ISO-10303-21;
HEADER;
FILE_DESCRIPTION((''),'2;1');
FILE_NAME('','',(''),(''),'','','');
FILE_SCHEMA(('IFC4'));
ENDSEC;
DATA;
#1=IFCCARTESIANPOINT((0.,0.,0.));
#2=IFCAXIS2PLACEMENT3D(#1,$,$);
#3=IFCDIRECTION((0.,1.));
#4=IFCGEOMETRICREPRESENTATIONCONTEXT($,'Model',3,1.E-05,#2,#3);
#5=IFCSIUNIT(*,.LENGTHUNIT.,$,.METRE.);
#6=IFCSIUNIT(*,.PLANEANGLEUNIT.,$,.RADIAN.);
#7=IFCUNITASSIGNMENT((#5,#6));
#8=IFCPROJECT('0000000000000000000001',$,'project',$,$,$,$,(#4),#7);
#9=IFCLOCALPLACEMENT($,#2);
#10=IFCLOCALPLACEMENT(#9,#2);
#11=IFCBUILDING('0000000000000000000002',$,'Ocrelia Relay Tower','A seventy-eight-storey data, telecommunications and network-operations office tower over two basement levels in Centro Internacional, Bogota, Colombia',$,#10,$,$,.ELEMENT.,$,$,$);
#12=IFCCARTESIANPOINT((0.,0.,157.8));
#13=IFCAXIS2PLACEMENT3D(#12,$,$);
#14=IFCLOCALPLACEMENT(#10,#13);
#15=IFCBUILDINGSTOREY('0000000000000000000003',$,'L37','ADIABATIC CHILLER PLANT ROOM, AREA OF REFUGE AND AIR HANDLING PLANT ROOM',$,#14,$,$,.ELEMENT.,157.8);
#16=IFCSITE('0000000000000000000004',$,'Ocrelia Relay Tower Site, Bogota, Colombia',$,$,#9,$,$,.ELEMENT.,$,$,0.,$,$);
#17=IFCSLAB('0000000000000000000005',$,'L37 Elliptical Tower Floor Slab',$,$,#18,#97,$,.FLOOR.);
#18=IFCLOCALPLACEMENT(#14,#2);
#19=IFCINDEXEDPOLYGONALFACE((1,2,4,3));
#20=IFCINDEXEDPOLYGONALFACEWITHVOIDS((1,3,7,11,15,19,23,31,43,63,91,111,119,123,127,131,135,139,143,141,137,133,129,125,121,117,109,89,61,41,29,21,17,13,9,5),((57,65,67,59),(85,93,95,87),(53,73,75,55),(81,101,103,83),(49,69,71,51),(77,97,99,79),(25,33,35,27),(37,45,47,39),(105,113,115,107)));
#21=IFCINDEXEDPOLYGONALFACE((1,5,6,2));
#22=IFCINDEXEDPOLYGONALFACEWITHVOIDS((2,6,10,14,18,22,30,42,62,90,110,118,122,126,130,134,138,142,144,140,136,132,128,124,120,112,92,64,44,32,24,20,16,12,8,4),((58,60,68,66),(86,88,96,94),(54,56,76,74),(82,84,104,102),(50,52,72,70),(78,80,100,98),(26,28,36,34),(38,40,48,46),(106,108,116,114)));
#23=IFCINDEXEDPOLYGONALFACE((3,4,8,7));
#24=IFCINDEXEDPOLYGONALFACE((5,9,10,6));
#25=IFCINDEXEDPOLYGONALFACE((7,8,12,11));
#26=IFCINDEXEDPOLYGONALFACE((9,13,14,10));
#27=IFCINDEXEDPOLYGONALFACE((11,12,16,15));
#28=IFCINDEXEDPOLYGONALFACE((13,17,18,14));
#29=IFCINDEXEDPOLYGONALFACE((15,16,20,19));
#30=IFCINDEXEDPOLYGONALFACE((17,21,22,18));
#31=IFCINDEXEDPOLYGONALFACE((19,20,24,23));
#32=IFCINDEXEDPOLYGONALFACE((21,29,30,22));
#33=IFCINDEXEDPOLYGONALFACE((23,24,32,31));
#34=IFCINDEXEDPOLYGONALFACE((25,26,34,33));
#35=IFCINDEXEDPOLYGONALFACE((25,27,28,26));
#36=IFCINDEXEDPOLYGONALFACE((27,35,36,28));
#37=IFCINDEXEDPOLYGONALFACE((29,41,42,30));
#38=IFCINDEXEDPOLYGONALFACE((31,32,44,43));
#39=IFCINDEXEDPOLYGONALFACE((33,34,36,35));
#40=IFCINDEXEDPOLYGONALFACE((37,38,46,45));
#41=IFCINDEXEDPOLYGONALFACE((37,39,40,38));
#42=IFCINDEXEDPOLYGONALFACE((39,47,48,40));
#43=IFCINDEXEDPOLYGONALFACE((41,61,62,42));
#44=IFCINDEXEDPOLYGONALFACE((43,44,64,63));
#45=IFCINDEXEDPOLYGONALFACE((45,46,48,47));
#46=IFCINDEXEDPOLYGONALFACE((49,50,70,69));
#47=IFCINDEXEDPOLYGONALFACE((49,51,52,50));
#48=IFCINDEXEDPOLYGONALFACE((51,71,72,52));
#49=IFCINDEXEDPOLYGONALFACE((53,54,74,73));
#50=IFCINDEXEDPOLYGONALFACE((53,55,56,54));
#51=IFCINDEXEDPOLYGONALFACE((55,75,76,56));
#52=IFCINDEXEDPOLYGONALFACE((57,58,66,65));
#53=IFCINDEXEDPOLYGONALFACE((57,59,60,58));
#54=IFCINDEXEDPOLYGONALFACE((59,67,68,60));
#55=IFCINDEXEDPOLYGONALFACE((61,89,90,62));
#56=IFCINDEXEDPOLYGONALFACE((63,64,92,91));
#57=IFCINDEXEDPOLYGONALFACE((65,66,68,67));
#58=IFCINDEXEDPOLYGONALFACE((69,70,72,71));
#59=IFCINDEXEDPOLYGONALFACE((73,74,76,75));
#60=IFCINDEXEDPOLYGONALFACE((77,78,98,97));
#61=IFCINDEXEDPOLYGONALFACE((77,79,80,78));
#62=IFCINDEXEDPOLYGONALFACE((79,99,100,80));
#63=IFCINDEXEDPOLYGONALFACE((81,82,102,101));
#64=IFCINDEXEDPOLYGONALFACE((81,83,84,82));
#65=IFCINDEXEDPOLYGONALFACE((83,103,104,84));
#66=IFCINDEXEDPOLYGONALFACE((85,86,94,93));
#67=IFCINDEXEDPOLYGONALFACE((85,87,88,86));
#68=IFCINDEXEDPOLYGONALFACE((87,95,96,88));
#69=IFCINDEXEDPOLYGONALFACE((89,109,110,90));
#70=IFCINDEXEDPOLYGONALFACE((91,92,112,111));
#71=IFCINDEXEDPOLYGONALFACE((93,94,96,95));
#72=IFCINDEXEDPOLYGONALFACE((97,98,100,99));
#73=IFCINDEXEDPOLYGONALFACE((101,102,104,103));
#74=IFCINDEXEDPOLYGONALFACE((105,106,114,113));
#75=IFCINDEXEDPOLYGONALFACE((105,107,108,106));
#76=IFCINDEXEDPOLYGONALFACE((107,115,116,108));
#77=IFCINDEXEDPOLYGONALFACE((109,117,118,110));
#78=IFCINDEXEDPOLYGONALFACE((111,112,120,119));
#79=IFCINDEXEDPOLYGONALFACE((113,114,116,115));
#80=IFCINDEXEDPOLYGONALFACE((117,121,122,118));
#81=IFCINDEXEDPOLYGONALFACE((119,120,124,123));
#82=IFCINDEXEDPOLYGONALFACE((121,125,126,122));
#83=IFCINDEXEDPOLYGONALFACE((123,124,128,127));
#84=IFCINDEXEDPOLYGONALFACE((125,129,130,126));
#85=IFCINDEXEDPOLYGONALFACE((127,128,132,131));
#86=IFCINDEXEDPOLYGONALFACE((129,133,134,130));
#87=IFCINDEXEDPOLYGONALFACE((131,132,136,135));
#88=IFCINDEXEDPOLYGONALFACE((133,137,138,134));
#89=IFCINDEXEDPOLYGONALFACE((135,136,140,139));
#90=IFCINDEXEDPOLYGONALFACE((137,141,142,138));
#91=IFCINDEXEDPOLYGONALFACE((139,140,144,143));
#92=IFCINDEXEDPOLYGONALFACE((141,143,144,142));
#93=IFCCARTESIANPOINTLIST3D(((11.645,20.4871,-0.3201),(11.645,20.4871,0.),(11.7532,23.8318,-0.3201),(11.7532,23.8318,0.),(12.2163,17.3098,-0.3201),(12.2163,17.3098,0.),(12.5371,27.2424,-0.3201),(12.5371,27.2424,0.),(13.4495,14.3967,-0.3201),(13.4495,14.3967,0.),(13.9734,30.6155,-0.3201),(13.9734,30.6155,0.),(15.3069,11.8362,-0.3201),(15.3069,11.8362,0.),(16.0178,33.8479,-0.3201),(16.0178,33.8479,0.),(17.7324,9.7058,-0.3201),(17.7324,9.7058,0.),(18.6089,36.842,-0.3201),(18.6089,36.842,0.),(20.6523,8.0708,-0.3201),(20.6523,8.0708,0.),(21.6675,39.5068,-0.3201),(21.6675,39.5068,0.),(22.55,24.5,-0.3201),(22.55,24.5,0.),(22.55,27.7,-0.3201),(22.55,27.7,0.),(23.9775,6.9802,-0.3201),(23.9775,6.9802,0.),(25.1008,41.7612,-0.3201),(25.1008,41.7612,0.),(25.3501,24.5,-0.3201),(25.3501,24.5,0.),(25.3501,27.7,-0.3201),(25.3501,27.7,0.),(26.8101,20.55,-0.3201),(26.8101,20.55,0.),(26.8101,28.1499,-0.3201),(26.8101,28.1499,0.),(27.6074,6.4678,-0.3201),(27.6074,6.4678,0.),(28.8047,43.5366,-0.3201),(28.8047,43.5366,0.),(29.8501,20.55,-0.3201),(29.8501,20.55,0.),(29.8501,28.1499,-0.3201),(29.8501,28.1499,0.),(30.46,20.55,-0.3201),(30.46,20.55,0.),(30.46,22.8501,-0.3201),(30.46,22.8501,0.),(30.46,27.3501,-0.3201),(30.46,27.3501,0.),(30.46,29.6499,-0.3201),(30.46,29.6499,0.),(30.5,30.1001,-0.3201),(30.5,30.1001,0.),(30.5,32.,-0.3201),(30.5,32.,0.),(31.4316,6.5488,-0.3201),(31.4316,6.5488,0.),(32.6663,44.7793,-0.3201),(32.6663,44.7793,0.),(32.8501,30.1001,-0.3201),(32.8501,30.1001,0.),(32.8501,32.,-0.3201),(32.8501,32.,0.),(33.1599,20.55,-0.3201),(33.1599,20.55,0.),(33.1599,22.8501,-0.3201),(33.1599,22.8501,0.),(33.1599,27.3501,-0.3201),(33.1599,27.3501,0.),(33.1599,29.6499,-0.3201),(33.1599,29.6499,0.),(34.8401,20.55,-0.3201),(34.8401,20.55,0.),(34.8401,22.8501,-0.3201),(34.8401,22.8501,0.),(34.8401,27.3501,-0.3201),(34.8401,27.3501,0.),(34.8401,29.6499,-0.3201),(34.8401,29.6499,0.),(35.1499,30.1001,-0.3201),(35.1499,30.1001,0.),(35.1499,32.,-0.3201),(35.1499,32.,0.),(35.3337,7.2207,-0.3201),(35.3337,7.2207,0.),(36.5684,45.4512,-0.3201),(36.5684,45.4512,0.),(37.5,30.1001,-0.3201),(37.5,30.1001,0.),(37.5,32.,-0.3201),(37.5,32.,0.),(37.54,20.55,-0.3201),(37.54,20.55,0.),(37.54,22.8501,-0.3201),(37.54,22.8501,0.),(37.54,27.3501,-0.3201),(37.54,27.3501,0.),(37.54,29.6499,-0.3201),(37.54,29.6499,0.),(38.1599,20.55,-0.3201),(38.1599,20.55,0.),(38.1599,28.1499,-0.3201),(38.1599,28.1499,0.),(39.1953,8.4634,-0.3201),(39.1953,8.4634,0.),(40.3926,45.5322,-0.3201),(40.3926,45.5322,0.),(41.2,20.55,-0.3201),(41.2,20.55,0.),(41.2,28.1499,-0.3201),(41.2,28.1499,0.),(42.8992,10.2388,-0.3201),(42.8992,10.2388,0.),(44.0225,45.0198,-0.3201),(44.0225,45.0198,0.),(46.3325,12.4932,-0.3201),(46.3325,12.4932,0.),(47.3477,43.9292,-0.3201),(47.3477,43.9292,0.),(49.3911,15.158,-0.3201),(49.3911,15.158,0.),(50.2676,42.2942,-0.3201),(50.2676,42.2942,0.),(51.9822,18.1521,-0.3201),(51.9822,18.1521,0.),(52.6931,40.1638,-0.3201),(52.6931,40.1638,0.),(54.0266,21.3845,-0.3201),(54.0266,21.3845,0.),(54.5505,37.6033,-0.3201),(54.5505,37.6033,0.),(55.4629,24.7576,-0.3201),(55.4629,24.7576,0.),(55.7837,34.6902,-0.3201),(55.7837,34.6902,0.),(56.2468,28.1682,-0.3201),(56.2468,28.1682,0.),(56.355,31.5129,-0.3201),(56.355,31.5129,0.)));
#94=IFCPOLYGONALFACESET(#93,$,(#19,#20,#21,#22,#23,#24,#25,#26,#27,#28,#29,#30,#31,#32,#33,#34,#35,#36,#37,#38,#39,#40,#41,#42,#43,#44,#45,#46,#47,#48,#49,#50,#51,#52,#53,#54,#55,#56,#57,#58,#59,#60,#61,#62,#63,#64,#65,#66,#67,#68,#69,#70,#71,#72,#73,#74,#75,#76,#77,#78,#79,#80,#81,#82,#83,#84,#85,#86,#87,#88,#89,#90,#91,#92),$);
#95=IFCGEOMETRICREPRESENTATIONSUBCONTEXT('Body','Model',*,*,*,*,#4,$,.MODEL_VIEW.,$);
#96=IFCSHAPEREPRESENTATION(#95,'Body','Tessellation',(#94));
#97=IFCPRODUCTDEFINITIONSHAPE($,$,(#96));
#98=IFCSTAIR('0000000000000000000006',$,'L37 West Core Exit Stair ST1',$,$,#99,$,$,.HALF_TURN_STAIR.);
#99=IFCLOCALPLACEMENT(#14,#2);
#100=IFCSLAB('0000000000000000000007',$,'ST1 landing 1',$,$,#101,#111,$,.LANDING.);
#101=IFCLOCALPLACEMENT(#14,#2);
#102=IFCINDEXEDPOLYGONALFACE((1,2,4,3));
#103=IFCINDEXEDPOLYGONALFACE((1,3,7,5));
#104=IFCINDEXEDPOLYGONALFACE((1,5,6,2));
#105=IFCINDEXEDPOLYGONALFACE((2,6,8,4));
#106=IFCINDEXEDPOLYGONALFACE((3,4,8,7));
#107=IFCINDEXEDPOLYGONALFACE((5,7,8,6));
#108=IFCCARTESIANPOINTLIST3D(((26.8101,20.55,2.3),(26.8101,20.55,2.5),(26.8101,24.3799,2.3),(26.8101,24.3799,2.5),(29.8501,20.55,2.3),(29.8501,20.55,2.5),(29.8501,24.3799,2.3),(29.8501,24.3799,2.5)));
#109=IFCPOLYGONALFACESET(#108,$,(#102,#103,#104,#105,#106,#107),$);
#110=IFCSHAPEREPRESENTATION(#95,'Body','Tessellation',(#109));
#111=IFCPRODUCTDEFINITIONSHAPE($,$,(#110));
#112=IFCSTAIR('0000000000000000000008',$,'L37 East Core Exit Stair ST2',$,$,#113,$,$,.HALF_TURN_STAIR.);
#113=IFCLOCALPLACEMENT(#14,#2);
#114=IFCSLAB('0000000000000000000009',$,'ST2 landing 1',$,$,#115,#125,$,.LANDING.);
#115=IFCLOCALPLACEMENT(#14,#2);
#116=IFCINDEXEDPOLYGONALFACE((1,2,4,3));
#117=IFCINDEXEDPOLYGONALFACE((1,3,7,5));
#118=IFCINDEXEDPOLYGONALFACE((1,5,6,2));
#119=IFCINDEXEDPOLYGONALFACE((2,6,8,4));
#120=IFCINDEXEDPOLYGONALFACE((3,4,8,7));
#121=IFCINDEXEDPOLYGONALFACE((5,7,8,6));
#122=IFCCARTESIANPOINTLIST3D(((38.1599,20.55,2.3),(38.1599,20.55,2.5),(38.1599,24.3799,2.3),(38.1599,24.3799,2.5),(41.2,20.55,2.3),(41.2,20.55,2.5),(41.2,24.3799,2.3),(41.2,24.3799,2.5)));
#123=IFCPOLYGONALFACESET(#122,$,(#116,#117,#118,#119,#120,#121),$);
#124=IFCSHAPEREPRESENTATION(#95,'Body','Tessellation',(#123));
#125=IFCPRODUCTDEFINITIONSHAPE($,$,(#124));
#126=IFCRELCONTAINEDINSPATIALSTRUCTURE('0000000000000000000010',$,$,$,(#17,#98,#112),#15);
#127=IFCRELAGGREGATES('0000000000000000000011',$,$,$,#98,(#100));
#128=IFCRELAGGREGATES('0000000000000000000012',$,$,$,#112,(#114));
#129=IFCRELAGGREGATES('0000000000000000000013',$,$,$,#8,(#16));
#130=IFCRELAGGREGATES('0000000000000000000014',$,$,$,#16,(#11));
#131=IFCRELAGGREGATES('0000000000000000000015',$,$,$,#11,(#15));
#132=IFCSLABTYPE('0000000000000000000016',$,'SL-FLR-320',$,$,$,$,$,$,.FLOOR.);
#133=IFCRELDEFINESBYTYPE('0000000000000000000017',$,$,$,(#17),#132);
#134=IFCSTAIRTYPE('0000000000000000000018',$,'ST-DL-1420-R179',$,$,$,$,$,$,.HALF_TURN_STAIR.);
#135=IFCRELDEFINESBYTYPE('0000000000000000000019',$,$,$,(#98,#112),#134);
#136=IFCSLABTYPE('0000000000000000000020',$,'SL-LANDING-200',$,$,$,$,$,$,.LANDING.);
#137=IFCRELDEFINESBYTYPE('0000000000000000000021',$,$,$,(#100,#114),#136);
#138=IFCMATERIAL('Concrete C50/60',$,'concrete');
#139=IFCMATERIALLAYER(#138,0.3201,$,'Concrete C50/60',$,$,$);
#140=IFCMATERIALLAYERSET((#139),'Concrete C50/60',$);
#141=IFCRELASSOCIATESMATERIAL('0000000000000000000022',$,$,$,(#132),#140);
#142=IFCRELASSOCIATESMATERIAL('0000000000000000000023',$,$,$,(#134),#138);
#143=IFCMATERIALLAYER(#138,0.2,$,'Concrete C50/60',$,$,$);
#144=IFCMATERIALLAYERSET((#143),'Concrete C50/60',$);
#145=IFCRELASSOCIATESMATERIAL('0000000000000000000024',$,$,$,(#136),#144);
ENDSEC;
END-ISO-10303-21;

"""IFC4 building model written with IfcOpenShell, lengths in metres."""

from ifc_helpers import new_model, si_unit, direction, frame, origin, place, context, subcontext, project, spatial, polyline, outline, extrude, material, layer, layer_set, type_object, element, aggregate, save


model = new_model("IFC4")

# Units and contexts
model_context = context("Model", 3, precision=1e-05, world=origin(), true_north=direction((0.0, 1.0)))
body_context = subcontext(model_context, "Body", "Model", "MODEL_VIEW")
ifc_project = project(units=[si_unit("LENGTHUNIT", "METRE"), si_unit("PLANEANGLEUNIT", "RADIAN")], contexts=[model_context])

# Site, building, storey
site_placement = place(None, origin())
site = spatial("IfcSite", under=ifc_project, at=site_placement, Name="Ocrelia Relay Tower Site, Bogota, Colombia", CompositionType="ELEMENT", RefElevation=0.0)
building_placement = place(site_placement, origin())
building = spatial("IfcBuilding", under=site, at=building_placement, Name="Ocrelia Relay Tower", Description="A seventy-eight-storey data, telecommunications and network-operations office tower over two basement levels in Centro Internacional, Bogota, Colombia", CompositionType="ELEMENT")
storey_placement = place(building_placement, frame((0.0, 0.0, 157.8)))
storey = spatial("IfcBuildingStorey", under=building, at=storey_placement, Name="L37", Description="ADIABATIC CHILLER PLANT ROOM, AREA OF REFUGE AND AIR HANDLING PLANT ROOM", CompositionType="ELEMENT", Elevation=157.8)

# Slab
ifc_material_1 = material(Name="Concrete C50/60", Category="concrete")
ifc_layer_1 = layer(ifc_material_1, 0.3201, Name="Concrete C50/60")
ifc_layer_set_1 = layer_set([ifc_layer_1], Name="Concrete C50/60")
slab_type_1 = type_object("IfcSlabType", Name="SL-FLR-320", PredefinedType="FLOOR", material=ifc_layer_set_1)
slab_1_placement = place(storey_placement, frame((0.0, 0.0, -0.3201)))
element("IfcSlab", 1, at=slab_1_placement, inside=storey, type_object=slab_type_1, Name="L37 Elliptical Tower Floor Slab", PredefinedType="FLOOR", context=body_context, shape_type="SweptSolid", body=[
    extrude(outline(polyline([(54.5505, 37.6033), (52.6931, 40.1638), (50.2676, 42.2942), (47.3477, 43.9292), (44.0225, 45.0198), (40.3926, 45.5322), (36.5684, 45.4512), (32.6663, 44.7793), (28.8047, 43.5366), (25.1008, 41.7612), (21.6675, 39.5068), (18.6089, 36.842), (16.0178, 33.8479), (13.9734, 30.6155), (12.5371, 27.2424), (11.7532, 23.8318), (11.645, 20.4871), (12.2163, 17.3098), (13.4495, 14.3967), (15.3069, 11.8362), (17.7324, 9.7058), (20.6523, 8.0708), (23.9775, 6.9802), (27.6074, 6.4678), (31.4316, 6.5488), (35.3337, 7.2207), (39.1953, 8.4634), (42.8992, 10.2388), (46.3325, 12.4932), (49.3911, 15.158), (51.9822, 18.1521), (54.0266, 21.3845), (55.4629, 24.7576), (56.2468, 28.1682), (56.355, 31.5129), (55.7837, 34.6902), (54.5505, 37.6033)]), holes=[polyline([(26.8101, 28.1499), (26.8101, 20.55), (29.8501, 20.55), (29.8501, 28.1499), (26.8101, 28.1499)]), polyline([(38.1599, 28.1499), (38.1599, 20.55), (41.2, 20.55), (41.2, 28.1499), (38.1599, 28.1499)]), polyline([(30.46, 20.55), (33.1599, 20.55), (33.1599, 22.8501), (30.46, 22.8501), (30.46, 20.55)]), polyline([(34.8401, 20.55), (37.54, 20.55), (37.54, 22.8501), (34.8401, 22.8501), (34.8401, 20.55)]), polyline([(30.46, 27.3501), (33.1599, 27.3501), (33.1599, 29.6499), (30.46, 29.6499), (30.46, 27.3501)]), polyline([(34.8401, 27.3501), (37.54, 27.3501), (37.54, 29.6499), (34.8401, 29.6499), (34.8401, 27.3501)]), polyline([(30.5, 30.1001), (32.8501, 30.1001), (32.8501, 32.0), (30.5, 32.0), (30.5, 30.1001)]), polyline([(35.1499, 30.1001), (37.5, 30.1001), (37.5, 32.0), (35.1499, 32.0), (35.1499, 30.1001)]), polyline([(22.55, 24.5), (25.3501, 24.5), (25.3501, 27.7), (22.55, 27.7), (22.55, 24.5)])]), origin(), (0.0, 0.0, 1.0), 0.3201),
])

# Stairs, slabs
stair_type = type_object("IfcStairType", Name="ST-DL-1420-R179", PredefinedType="HALF_TURN_STAIR", material=ifc_material_1)
stair_1_placement = place(storey_placement, origin())
stair_1 = element("IfcStair", 2, at=stair_1_placement, inside=storey, type_object=stair_type, Name="L37 West Core Exit Stair ST1", PredefinedType="HALF_TURN_STAIR")
ifc_layer_2 = layer(ifc_material_1, 0.2, Name="Concrete C50/60")
ifc_layer_set_2 = layer_set([ifc_layer_2], Name="Concrete C50/60")
slab_type_2 = type_object("IfcSlabType", Name="SL-LANDING-200", PredefinedType="LANDING", material=ifc_layer_set_2)
slab_2_placement = place(storey_placement, frame((0.0, 0.0, 2.3)))
slab_2 = element("IfcSlab", 3, at=slab_2_placement, type_object=slab_type_2, Name="ST1 landing 1", PredefinedType="LANDING", context=body_context, shape_type="SweptSolid", body=[
    extrude(outline(polyline([(26.8101, 24.3799), (26.8101, 20.55), (29.8501, 20.55), (29.8501, 24.3799), (26.8101, 24.3799)])), origin(), (0.0, 0.0, 1.0), 0.2),
])
aggregate(stair_1, [slab_2])
stair_2_placement = place(storey_placement, origin())
stair_2 = element("IfcStair", 4, at=stair_2_placement, inside=storey, type_object=stair_type, Name="L37 East Core Exit Stair ST2", PredefinedType="HALF_TURN_STAIR")
slab_3_placement = place(storey_placement, frame((0.0, 0.0, 2.3)))
slab_3 = element("IfcSlab", 5, at=slab_3_placement, type_object=slab_type_2, Name="ST2 landing 1", PredefinedType="LANDING", context=body_context, shape_type="SweptSolid", body=[
    extrude(outline(polyline([(38.1599, 24.3799), (38.1599, 20.55), (41.2, 20.55), (41.2, 24.3799), (38.1599, 24.3799)])), origin(), (0.0, 0.0, 1.0), 0.2),
])
aggregate(stair_2, [slab_3])

save(model, "model.ifc")
